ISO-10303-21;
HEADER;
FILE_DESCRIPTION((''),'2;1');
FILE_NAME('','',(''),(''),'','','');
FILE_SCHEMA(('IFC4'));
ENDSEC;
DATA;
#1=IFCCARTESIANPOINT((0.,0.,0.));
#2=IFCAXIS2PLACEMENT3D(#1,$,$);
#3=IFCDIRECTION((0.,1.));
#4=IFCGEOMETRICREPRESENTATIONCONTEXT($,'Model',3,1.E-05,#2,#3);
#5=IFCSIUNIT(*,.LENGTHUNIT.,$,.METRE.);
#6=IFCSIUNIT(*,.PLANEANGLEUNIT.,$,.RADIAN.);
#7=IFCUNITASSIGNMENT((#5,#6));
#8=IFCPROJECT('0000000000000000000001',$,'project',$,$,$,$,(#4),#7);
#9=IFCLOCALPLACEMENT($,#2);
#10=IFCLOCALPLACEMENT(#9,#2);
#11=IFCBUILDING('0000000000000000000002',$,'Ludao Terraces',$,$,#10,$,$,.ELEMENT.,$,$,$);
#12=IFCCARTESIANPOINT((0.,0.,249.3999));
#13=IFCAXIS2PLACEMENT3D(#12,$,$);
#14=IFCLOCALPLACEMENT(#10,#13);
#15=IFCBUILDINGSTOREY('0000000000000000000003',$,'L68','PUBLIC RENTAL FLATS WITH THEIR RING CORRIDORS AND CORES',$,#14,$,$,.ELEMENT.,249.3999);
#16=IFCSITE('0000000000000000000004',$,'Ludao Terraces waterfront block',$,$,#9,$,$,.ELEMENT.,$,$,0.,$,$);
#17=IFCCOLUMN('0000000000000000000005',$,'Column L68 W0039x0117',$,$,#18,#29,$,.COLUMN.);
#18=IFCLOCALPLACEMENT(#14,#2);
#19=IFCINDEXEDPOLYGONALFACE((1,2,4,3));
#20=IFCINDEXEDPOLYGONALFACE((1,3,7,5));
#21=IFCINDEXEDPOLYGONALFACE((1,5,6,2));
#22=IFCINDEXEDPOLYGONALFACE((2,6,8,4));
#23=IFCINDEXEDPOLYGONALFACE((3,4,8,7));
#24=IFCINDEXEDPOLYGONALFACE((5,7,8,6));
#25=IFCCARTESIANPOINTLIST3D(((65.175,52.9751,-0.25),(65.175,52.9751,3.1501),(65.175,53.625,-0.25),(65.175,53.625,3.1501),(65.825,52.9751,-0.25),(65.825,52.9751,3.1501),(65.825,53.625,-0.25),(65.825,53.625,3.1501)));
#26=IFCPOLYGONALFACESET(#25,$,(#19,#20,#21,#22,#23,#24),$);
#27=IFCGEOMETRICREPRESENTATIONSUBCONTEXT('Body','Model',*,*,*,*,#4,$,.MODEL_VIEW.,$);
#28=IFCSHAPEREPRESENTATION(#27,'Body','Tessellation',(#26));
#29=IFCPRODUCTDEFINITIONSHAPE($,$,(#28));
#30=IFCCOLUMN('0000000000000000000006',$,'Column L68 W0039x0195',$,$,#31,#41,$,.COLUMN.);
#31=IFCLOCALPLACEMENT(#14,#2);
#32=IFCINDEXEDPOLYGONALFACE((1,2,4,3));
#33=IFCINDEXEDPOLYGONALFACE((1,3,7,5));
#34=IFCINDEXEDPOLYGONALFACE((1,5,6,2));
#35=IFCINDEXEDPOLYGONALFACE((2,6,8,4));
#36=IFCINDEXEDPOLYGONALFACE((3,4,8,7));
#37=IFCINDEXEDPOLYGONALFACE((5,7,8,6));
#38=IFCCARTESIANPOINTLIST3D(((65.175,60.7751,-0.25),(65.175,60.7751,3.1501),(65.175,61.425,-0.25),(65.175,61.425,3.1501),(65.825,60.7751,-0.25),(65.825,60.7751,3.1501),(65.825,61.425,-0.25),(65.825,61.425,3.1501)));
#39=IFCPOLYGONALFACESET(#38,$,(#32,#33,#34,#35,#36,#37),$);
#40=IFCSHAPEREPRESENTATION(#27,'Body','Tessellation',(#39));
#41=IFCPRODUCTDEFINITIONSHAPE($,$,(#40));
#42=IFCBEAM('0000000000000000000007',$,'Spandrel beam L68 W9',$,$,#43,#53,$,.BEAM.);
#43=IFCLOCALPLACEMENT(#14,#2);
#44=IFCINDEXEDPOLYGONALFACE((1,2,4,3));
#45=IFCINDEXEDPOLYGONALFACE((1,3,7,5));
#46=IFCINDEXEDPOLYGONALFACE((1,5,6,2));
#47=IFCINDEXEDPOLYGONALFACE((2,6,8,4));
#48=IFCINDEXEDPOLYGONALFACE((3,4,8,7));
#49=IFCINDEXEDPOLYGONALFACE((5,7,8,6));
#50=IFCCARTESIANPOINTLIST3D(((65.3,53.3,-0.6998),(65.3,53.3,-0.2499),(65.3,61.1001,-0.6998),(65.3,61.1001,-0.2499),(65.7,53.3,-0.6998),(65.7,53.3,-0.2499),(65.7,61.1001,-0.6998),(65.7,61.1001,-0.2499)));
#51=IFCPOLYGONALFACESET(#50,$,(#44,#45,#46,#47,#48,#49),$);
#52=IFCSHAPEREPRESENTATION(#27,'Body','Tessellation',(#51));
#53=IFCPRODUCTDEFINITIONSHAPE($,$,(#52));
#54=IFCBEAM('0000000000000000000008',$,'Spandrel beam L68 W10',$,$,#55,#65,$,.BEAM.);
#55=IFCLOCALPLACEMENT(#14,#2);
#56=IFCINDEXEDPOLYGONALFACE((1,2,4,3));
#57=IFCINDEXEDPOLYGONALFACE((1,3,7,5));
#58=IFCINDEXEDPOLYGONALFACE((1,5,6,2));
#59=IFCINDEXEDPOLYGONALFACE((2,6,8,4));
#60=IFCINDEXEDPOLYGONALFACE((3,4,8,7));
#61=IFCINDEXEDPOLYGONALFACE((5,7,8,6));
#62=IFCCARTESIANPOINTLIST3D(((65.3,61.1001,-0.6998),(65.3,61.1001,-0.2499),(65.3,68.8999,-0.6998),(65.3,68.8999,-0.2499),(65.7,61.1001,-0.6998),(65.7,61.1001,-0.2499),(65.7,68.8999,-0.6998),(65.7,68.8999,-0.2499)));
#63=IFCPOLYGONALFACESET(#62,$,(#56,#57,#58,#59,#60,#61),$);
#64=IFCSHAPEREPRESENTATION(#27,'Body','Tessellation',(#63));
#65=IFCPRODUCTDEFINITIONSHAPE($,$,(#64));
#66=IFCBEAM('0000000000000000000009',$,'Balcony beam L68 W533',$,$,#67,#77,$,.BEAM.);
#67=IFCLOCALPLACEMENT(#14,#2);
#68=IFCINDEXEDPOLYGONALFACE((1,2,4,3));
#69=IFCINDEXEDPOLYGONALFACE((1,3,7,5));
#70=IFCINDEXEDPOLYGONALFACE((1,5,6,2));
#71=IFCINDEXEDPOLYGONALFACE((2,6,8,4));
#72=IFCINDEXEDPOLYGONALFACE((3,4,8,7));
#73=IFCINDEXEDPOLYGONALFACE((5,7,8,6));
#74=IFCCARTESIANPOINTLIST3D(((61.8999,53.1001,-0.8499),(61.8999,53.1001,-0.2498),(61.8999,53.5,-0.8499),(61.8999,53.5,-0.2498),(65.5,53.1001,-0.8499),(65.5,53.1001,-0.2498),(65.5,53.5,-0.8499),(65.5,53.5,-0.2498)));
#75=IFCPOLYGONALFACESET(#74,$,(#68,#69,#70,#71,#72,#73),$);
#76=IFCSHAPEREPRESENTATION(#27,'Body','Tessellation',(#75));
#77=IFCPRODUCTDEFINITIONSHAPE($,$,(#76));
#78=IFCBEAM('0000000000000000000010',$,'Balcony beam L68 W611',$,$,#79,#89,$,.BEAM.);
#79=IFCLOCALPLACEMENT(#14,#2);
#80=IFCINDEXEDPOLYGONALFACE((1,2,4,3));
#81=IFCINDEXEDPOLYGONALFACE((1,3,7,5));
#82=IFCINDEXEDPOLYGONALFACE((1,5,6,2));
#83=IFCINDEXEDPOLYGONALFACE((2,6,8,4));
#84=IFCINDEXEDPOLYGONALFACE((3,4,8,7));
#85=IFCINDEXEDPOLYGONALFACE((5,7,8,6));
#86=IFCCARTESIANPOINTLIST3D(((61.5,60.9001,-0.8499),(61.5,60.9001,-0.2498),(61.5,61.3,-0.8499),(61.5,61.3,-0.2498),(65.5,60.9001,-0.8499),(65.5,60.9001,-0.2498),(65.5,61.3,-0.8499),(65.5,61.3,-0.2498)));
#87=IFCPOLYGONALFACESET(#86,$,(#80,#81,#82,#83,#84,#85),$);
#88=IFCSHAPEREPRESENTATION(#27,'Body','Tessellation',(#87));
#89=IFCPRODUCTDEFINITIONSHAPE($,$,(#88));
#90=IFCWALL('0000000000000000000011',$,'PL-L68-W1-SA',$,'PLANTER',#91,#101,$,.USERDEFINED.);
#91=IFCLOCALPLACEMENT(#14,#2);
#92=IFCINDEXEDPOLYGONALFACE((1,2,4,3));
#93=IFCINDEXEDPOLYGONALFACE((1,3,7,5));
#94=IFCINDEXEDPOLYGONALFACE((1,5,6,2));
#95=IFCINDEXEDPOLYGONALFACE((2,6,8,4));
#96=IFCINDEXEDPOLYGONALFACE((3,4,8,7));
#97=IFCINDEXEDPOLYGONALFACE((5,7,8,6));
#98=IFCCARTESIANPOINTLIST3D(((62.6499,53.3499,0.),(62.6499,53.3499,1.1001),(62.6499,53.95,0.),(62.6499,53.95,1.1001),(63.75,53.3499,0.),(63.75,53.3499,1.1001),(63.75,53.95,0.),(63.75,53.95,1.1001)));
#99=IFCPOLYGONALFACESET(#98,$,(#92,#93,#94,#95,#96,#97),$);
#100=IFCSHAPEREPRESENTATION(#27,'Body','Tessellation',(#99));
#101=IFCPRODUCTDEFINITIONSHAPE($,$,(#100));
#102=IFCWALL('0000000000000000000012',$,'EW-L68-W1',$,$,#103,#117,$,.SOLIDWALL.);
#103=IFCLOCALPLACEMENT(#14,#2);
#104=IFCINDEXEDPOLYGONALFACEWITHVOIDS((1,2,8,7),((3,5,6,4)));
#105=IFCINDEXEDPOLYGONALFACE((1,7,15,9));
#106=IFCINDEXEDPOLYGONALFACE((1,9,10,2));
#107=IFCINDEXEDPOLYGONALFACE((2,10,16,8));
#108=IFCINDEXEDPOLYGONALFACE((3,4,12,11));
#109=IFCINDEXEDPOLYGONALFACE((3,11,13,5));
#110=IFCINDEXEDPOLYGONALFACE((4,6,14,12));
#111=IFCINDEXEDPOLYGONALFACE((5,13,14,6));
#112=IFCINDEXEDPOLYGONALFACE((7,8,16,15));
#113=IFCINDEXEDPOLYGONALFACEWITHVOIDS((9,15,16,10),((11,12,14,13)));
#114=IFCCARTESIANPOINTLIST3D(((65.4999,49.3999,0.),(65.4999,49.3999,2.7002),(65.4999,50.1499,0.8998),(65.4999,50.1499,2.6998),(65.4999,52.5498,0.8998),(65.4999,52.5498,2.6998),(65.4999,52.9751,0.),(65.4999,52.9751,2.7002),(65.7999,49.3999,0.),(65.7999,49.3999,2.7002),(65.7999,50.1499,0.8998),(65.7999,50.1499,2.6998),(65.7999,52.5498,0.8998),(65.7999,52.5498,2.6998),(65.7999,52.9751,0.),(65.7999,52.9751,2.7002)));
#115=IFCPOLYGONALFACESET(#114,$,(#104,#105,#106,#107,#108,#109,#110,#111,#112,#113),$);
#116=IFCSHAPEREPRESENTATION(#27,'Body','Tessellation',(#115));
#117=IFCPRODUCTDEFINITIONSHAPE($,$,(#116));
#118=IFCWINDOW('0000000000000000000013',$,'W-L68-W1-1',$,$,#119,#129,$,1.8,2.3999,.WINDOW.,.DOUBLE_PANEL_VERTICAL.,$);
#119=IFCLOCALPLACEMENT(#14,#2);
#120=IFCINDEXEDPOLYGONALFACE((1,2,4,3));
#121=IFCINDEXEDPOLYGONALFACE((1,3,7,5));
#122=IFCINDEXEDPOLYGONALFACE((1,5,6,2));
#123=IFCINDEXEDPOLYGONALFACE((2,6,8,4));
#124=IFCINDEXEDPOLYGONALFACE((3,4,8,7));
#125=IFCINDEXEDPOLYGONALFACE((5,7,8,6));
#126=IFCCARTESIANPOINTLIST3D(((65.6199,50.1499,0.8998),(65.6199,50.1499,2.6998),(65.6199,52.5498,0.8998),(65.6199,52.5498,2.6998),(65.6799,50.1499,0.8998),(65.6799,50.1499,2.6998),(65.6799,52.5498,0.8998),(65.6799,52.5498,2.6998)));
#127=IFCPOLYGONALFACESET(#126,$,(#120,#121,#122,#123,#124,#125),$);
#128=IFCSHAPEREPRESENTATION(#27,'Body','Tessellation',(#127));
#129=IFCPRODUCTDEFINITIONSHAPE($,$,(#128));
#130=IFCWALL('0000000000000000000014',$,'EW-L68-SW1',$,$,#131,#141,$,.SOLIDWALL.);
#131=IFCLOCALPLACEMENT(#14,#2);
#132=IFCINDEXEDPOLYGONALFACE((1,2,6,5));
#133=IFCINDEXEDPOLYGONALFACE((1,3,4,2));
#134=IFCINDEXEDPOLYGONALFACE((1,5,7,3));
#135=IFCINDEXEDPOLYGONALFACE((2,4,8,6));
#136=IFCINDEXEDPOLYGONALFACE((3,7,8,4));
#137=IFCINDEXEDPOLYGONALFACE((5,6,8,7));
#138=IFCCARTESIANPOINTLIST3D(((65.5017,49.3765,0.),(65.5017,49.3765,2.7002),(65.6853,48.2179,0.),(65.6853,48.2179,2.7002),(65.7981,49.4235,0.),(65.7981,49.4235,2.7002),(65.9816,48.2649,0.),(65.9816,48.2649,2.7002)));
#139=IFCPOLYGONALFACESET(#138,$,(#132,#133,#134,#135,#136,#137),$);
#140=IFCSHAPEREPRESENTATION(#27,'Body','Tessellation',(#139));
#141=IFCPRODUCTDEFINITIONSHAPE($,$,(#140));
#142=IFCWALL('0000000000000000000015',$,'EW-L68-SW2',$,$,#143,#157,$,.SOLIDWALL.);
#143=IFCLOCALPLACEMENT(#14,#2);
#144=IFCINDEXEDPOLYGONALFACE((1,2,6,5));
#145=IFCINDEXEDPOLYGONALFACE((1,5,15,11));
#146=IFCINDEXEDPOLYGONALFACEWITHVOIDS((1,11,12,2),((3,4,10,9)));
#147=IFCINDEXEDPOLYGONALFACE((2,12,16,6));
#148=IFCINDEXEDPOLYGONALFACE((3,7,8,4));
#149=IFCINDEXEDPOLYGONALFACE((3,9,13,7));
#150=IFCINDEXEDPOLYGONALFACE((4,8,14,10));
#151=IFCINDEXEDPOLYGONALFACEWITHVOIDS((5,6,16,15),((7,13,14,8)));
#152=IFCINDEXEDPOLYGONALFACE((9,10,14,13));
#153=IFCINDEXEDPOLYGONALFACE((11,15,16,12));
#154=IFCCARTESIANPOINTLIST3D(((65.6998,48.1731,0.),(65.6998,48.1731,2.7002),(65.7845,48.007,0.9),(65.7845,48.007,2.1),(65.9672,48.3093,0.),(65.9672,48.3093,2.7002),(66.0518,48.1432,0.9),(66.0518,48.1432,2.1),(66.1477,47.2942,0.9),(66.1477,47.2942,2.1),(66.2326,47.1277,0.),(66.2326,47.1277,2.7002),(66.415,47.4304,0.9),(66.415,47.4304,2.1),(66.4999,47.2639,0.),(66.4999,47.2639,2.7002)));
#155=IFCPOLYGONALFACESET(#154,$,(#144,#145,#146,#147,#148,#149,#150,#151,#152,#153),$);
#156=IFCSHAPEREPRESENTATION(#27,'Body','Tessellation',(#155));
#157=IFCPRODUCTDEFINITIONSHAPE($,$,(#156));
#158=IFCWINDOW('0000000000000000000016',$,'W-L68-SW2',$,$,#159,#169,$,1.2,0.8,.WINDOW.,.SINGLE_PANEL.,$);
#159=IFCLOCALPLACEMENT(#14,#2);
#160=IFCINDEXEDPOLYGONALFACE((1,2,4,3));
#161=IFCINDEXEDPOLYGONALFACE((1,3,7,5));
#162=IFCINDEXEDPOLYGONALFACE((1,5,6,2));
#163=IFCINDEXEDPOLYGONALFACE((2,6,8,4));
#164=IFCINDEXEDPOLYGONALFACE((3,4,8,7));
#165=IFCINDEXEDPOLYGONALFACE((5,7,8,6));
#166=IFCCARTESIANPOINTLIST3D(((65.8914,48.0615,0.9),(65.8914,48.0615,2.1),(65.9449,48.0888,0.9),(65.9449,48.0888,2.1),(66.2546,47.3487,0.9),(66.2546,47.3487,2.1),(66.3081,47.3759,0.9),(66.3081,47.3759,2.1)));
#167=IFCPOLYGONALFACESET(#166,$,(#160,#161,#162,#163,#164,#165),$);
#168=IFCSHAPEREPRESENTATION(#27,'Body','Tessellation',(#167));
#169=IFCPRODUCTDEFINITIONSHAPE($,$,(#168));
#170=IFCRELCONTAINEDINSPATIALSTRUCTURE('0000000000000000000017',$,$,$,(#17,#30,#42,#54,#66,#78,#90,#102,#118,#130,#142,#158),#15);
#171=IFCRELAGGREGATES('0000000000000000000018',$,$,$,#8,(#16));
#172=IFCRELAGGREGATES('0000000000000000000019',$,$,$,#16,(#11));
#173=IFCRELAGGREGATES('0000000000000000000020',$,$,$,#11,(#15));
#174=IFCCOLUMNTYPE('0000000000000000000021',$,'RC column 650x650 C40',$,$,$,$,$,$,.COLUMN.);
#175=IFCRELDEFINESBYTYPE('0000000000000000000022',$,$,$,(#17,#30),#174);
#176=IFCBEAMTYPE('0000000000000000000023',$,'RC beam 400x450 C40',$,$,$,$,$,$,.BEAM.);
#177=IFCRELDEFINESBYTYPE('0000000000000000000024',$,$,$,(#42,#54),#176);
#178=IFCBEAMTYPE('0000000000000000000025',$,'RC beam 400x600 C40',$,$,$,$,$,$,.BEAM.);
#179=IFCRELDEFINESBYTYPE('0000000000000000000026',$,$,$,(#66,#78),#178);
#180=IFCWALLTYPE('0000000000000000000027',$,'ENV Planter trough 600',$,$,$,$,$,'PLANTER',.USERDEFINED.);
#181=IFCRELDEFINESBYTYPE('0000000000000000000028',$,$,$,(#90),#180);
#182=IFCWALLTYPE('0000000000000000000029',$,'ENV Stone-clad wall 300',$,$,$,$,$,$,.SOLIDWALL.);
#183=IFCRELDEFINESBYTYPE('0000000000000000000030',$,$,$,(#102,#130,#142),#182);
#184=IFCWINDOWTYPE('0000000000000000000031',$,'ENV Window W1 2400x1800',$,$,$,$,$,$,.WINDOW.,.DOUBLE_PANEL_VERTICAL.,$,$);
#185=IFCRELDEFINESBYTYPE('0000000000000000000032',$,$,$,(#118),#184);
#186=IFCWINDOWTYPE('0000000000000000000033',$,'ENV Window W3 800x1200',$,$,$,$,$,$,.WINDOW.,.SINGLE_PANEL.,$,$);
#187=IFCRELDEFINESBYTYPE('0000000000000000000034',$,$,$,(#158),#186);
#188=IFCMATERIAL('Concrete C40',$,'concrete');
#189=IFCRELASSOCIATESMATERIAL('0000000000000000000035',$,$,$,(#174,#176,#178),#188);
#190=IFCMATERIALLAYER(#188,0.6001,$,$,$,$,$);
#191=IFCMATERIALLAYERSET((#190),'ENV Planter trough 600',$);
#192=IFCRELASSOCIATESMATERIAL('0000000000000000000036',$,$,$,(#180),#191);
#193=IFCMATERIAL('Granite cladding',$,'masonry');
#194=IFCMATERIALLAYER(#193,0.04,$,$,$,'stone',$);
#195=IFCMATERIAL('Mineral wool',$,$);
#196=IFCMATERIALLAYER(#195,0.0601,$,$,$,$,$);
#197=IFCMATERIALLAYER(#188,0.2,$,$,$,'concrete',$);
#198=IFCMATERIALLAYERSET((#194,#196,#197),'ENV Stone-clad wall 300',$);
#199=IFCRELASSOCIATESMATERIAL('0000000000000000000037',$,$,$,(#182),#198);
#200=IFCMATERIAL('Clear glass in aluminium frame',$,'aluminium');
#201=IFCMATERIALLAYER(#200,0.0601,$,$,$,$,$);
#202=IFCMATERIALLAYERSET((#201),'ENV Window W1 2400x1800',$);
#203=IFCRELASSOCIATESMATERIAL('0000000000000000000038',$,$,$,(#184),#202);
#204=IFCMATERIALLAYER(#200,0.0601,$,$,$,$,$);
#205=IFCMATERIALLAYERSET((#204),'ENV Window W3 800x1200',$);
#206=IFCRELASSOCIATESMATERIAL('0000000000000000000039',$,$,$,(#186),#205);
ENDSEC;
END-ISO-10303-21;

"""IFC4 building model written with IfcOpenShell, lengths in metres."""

from ifc_helpers import new_model, si_unit, direction, frame, frame_2d, origin, origin_2d, place, context, subcontext, project, spatial, rectangle, extrude, material, layer, layer_set, material_profile, profile_set, type_object, element, fill, save


model = new_model("IFC4")

# Units and contexts
model_context = context("Model", 3, precision=1e-05, world=origin(), true_north=direction((0.0, 1.0)))
body_context = subcontext(model_context, "Body", "Model", "MODEL_VIEW")
ifc_project = project(units=[si_unit("LENGTHUNIT", "METRE"), si_unit("PLANEANGLEUNIT", "RADIAN")], contexts=[model_context])

# Site, building, storey
site_placement = place(None, origin())
site = spatial("IfcSite", under=ifc_project, at=site_placement, Name="Ludao Terraces waterfront block", CompositionType="ELEMENT", RefElevation=0.0)
building_placement = place(site_placement, origin())
building = spatial("IfcBuilding", under=site, at=building_placement, Name="Ludao Terraces", CompositionType="ELEMENT")
storey_placement = place(building_placement, frame((0.0, 0.0, 249.3999)))
storey = spatial("IfcBuildingStorey", under=building, at=storey_placement, Name="L68", Description="PUBLIC RENTAL FLATS WITH THEIR RING CORRIDORS AND CORES", CompositionType="ELEMENT", Elevation=249.3999)

# Columns
ifc_material_1 = material(Name="Concrete C40", Category="concrete")
ifc_material_profile_1 = material_profile(ifc_material_1, rectangle(XDim=0.6499, YDim=0.6499, at=origin_2d()), Name="650 X 650")
ifc_profile_set_1 = profile_set([ifc_material_profile_1], Name="Concrete C40")
column_type = type_object("IfcColumnType", Name="RC column 650x650 C40", PredefinedType="COLUMN", material=ifc_profile_set_1)
for number, where, z_axis, x_axis, name in (
    (1, (65.5, 53.3, -0.25), (0.0, 0.0, 1.0), (1.0, 0.0, 0.0), "Column L68 W0039x0117"),
    (2, (65.5, 61.1001, -0.25), (0.0, 0.0, 1.0), (1.0, 0.0, 0.0), "Column L68 W0039x0195"),
):
    element("IfcColumn", number, at=place(storey_placement, frame(where, z_axis=z_axis, x_axis=x_axis)), inside=storey, type_object=column_type, Name=name, PredefinedType="COLUMN", context=body_context, shape_type="SweptSolid", body=[
        extrude(rectangle(XDim=0.6499, YDim=0.6499, at=origin_2d()), origin(), (0.0, 0.0, 1.0), 3.4001),
    ])

# Beams
ifc_material_profile_2 = material_profile(ifc_material_1, rectangle(XDim=0.3999, YDim=0.45, at=origin_2d()), Name="400 X 450")
ifc_profile_set_2 = profile_set([ifc_material_profile_2], Name="Concrete C40")
beam_type_1 = type_object("IfcBeamType", Name="RC beam 400x450 C40", PredefinedType="BEAM", material=ifc_profile_set_2)
beam_1_placement = place(storey_placement, frame((65.5, 53.3, -0.4749), z_axis=(0.0, 1.0, 0.0), x_axis=(-1.0, 0.0, 0.0)))
element("IfcBeam", 3, at=beam_1_placement, inside=storey, type_object=beam_type_1, Name="Spandrel beam L68 W9", PredefinedType="BEAM", context=body_context, shape_type="SweptSolid", body=[
    extrude(rectangle(XDim=0.3999, YDim=0.45, at=origin_2d()), origin(), (0.0, 0.0, 1.0), 7.8),
])
beam_2_placement = place(storey_placement, frame((65.5, 61.1001, -0.4749), z_axis=(0.0, 1.0, 0.0), x_axis=(-1.0, 0.0, 0.0)))
element("IfcBeam", 4, at=beam_2_placement, inside=storey, type_object=beam_type_1, Name="Spandrel beam L68 W10", PredefinedType="BEAM", context=body_context, shape_type="SweptSolid", body=[
    extrude(rectangle(XDim=0.3999, YDim=0.45, at=origin_2d()), origin(), (0.0, 0.0, 1.0), 7.7998),
])
ifc_material_profile_3 = material_profile(ifc_material_1, rectangle(XDim=0.3999, YDim=0.6001, at=origin_2d()), Name="400 X 600")
ifc_profile_set_3 = profile_set([ifc_material_profile_3], Name="Concrete C40")
beam_type_2 = type_object("IfcBeamType", Name="RC beam 400x600 C40", PredefinedType="BEAM", material=ifc_profile_set_3)
beam_3_placement = place(storey_placement, frame((65.5, 53.3, -0.5498), z_axis=(-1.0, 0.0, 0.0), x_axis=(0.0, -1.0, 0.0)))
element("IfcBeam", 5, at=beam_3_placement, inside=storey, type_object=beam_type_2, Name="Balcony beam L68 W533", PredefinedType="BEAM", context=body_context, shape_type="SweptSolid", body=[
    extrude(rectangle(XDim=0.3999, YDim=0.6001, at=origin_2d()), origin(), (0.0, 0.0, 1.0), 3.6001),
])
beam_4_placement = place(storey_placement, frame((65.5, 61.1001, -0.5498), z_axis=(-1.0, 0.0, 0.0), x_axis=(0.0, -1.0, 0.0)))
element("IfcBeam", 6, at=beam_4_placement, inside=storey, type_object=beam_type_2, Name="Balcony beam L68 W611", PredefinedType="BEAM", context=body_context, shape_type="SweptSolid", body=[
    extrude(rectangle(XDim=0.3999, YDim=0.6001, at=origin_2d()), origin(), (0.0, 0.0, 1.0), 4.0),
])

# Wall
ifc_layer_1 = layer(ifc_material_1, 0.6001)
ifc_layer_set_1 = layer_set([ifc_layer_1], Name="ENV Planter trough 600")
wall_type_1 = type_object("IfcWallType", Name="ENV Planter trough 600", ElementType="PLANTER", PredefinedType="USERDEFINED", material=ifc_layer_set_1)
wall_1_placement = place(storey_placement, frame((62.6499, 53.6499, 0.0), z_axis=(0.0, 0.0, 1.0), x_axis=(1.0, 0.0, 0.0)))
element("IfcWall", 7, at=wall_1_placement, inside=storey, type_object=wall_type_1, Name="PL-L68-W1-SA", ObjectType="PLANTER", PredefinedType="USERDEFINED", context=body_context, shape_type="SweptSolid", body=[
    extrude(rectangle(XDim=1.1001, YDim=0.6001, at=frame_2d((0.55, 0.0))), origin(), (0.0, 0.0, 1.0), 1.1001),
])

# Wall, opening, window
ifc_material_2 = material(Name="Granite cladding", Category="masonry")
ifc_layer_2 = layer(ifc_material_2, 0.04, Category="stone")
ifc_material_3 = material(Name="Mineral wool")
ifc_layer_3 = layer(ifc_material_3, 0.0601)
ifc_layer_4 = layer(ifc_material_1, 0.2, Category="concrete")
ifc_layer_set_2 = layer_set([ifc_layer_2, ifc_layer_3, ifc_layer_4], Name="ENV Stone-clad wall 300")
wall_type_2 = type_object("IfcWallType", Name="ENV Stone-clad wall 300", PredefinedType="SOLIDWALL", material=ifc_layer_set_2)
wall_2_placement = place(storey_placement, frame((65.6499, 49.3999, 0.0), z_axis=(0.0, 0.0, 1.0), x_axis=(0.0, 1.0, 0.0)))
wall_2 = element("IfcWall", 8, at=wall_2_placement, inside=storey, type_object=wall_type_2, Name="EW-L68-W1", PredefinedType="SOLIDWALL", context=body_context, shape_type="SweptSolid", body=[
    extrude(rectangle(XDim=3.5752, YDim=0.3, at=frame_2d((1.7876, 0.0))), origin(), (0.0, 0.0, 1.0), 2.7002),
])
opening_1_placement = place(wall_2_placement, frame((0.75, 0.0, 0.8999)))
opening_1 = element("IfcOpeningElement", 9, at=opening_1_placement, cuts=wall_2, PredefinedType="OPENING", context=body_context, shape_type="SweptSolid", body=[
    extrude(rectangle(XDim=2.3999, YDim=1.8, at=frame_2d((1.2, 0.8999))), frame((0.0, 0.1602, 0.0), z_axis=(0.0, -1.0, 0.0), x_axis=(1.0, 0.0, 0.0)), (0.0, 0.0, 1.0), 0.3201),
])
ifc_material_4 = material(Name="Clear glass in aluminium frame", Category="aluminium")
ifc_layer_5 = layer(ifc_material_4, 0.0601)
ifc_layer_set_3 = layer_set([ifc_layer_5], Name="ENV Window W1 2400x1800")
window_type_1 = type_object("IfcWindowType", Name="ENV Window W1 2400x1800", PartitioningType="DOUBLE_PANEL_VERTICAL", PredefinedType="WINDOW", material=ifc_layer_set_3)
window_1_placement = place(opening_1_placement, origin())
window_1 = element("IfcWindow", 10, at=window_1_placement, inside=storey, type_object=window_type_1, Name="W-L68-W1-1", OverallHeight=1.8, OverallWidth=2.3999, PartitioningType="DOUBLE_PANEL_VERTICAL", PredefinedType="WINDOW", context=body_context, shape_type="SweptSolid", body=[
    extrude(rectangle(XDim=2.3999, YDim=1.8, at=frame_2d((1.2, 0.8999))), frame((0.0, 0.03, 0.0), z_axis=(0.0, -1.0, 0.0), x_axis=(1.0, 0.0, 0.0)), (0.0, 0.0, 1.0), 0.0601),
])
fill(opening_1, window_1)

# Wall
wall_3_placement = place(storey_placement, frame((65.6499, 49.3999, 0.0), z_axis=(0.0, 0.0, 1.0), x_axis=(0.156497, -0.987678, 0.0)))
element("IfcWall", 11, at=wall_3_placement, inside=storey, type_object=wall_type_2, Name="EW-L68-SW1", PredefinedType="SOLIDWALL", context=body_context, shape_type="SweptSolid", body=[
    extrude(rectangle(XDim=1.1731, YDim=0.3, at=frame_2d((0.5864, 0.0))), origin(), (0.0, 0.0, 1.0), 2.7002),
])

# Wall, opening, window
wall_4_placement = place(storey_placement, frame((65.8335, 48.2412, 0.0), z_axis=(0.0, 0.0, 1.0), x_axis=(0.454026, -0.890989, 0.0)))
wall_4 = element("IfcWall", 12, at=wall_4_placement, inside=storey, type_object=wall_type_2, Name="EW-L68-SW2", PredefinedType="SOLIDWALL", context=body_context, shape_type="SweptSolid", body=[
    extrude(rectangle(XDim=1.1733, YDim=0.3, at=frame_2d((0.5867, 0.0))), origin(), (0.0, 0.0, 1.0), 2.7002),
])
opening_2_placement = place(wall_4_placement, frame((0.1865, 0.0, 0.8999)))
opening_2 = element("IfcOpeningElement", 13, at=opening_2_placement, cuts=wall_4, PredefinedType="OPENING", context=body_context, shape_type="SweptSolid", body=[
    extrude(rectangle(XDim=0.8, YDim=1.2, at=frame_2d((0.3999, 0.6001))), frame((0.0, 0.1602, 0.0), z_axis=(0.0, -1.0, 0.0), x_axis=(1.0, 0.0, 0.0)), (0.0, 0.0, 1.0), 0.3201),
])
ifc_layer_6 = layer(ifc_material_4, 0.0601)
ifc_layer_set_4 = layer_set([ifc_layer_6], Name="ENV Window W3 800x1200")
window_type_2 = type_object("IfcWindowType", Name="ENV Window W3 800x1200", PartitioningType="SINGLE_PANEL", PredefinedType="WINDOW", material=ifc_layer_set_4)
window_2_placement = place(opening_2_placement, origin())
window_2 = element("IfcWindow", 14, at=window_2_placement, inside=storey, type_object=window_type_2, Name="W-L68-SW2", OverallHeight=1.2, OverallWidth=0.8, PartitioningType="SINGLE_PANEL", PredefinedType="WINDOW", context=body_context, shape_type="SweptSolid", body=[
    extrude(rectangle(XDim=0.8, YDim=1.2, at=frame_2d((0.3999, 0.6001))), frame((0.0, 0.03, 0.0), z_axis=(0.0, -1.0, 0.0), x_axis=(1.0, 0.0, 0.0)), (0.0, 0.0, 1.0), 0.0601),
])
fill(opening_2, window_2)

save(model, "model.ifc")
